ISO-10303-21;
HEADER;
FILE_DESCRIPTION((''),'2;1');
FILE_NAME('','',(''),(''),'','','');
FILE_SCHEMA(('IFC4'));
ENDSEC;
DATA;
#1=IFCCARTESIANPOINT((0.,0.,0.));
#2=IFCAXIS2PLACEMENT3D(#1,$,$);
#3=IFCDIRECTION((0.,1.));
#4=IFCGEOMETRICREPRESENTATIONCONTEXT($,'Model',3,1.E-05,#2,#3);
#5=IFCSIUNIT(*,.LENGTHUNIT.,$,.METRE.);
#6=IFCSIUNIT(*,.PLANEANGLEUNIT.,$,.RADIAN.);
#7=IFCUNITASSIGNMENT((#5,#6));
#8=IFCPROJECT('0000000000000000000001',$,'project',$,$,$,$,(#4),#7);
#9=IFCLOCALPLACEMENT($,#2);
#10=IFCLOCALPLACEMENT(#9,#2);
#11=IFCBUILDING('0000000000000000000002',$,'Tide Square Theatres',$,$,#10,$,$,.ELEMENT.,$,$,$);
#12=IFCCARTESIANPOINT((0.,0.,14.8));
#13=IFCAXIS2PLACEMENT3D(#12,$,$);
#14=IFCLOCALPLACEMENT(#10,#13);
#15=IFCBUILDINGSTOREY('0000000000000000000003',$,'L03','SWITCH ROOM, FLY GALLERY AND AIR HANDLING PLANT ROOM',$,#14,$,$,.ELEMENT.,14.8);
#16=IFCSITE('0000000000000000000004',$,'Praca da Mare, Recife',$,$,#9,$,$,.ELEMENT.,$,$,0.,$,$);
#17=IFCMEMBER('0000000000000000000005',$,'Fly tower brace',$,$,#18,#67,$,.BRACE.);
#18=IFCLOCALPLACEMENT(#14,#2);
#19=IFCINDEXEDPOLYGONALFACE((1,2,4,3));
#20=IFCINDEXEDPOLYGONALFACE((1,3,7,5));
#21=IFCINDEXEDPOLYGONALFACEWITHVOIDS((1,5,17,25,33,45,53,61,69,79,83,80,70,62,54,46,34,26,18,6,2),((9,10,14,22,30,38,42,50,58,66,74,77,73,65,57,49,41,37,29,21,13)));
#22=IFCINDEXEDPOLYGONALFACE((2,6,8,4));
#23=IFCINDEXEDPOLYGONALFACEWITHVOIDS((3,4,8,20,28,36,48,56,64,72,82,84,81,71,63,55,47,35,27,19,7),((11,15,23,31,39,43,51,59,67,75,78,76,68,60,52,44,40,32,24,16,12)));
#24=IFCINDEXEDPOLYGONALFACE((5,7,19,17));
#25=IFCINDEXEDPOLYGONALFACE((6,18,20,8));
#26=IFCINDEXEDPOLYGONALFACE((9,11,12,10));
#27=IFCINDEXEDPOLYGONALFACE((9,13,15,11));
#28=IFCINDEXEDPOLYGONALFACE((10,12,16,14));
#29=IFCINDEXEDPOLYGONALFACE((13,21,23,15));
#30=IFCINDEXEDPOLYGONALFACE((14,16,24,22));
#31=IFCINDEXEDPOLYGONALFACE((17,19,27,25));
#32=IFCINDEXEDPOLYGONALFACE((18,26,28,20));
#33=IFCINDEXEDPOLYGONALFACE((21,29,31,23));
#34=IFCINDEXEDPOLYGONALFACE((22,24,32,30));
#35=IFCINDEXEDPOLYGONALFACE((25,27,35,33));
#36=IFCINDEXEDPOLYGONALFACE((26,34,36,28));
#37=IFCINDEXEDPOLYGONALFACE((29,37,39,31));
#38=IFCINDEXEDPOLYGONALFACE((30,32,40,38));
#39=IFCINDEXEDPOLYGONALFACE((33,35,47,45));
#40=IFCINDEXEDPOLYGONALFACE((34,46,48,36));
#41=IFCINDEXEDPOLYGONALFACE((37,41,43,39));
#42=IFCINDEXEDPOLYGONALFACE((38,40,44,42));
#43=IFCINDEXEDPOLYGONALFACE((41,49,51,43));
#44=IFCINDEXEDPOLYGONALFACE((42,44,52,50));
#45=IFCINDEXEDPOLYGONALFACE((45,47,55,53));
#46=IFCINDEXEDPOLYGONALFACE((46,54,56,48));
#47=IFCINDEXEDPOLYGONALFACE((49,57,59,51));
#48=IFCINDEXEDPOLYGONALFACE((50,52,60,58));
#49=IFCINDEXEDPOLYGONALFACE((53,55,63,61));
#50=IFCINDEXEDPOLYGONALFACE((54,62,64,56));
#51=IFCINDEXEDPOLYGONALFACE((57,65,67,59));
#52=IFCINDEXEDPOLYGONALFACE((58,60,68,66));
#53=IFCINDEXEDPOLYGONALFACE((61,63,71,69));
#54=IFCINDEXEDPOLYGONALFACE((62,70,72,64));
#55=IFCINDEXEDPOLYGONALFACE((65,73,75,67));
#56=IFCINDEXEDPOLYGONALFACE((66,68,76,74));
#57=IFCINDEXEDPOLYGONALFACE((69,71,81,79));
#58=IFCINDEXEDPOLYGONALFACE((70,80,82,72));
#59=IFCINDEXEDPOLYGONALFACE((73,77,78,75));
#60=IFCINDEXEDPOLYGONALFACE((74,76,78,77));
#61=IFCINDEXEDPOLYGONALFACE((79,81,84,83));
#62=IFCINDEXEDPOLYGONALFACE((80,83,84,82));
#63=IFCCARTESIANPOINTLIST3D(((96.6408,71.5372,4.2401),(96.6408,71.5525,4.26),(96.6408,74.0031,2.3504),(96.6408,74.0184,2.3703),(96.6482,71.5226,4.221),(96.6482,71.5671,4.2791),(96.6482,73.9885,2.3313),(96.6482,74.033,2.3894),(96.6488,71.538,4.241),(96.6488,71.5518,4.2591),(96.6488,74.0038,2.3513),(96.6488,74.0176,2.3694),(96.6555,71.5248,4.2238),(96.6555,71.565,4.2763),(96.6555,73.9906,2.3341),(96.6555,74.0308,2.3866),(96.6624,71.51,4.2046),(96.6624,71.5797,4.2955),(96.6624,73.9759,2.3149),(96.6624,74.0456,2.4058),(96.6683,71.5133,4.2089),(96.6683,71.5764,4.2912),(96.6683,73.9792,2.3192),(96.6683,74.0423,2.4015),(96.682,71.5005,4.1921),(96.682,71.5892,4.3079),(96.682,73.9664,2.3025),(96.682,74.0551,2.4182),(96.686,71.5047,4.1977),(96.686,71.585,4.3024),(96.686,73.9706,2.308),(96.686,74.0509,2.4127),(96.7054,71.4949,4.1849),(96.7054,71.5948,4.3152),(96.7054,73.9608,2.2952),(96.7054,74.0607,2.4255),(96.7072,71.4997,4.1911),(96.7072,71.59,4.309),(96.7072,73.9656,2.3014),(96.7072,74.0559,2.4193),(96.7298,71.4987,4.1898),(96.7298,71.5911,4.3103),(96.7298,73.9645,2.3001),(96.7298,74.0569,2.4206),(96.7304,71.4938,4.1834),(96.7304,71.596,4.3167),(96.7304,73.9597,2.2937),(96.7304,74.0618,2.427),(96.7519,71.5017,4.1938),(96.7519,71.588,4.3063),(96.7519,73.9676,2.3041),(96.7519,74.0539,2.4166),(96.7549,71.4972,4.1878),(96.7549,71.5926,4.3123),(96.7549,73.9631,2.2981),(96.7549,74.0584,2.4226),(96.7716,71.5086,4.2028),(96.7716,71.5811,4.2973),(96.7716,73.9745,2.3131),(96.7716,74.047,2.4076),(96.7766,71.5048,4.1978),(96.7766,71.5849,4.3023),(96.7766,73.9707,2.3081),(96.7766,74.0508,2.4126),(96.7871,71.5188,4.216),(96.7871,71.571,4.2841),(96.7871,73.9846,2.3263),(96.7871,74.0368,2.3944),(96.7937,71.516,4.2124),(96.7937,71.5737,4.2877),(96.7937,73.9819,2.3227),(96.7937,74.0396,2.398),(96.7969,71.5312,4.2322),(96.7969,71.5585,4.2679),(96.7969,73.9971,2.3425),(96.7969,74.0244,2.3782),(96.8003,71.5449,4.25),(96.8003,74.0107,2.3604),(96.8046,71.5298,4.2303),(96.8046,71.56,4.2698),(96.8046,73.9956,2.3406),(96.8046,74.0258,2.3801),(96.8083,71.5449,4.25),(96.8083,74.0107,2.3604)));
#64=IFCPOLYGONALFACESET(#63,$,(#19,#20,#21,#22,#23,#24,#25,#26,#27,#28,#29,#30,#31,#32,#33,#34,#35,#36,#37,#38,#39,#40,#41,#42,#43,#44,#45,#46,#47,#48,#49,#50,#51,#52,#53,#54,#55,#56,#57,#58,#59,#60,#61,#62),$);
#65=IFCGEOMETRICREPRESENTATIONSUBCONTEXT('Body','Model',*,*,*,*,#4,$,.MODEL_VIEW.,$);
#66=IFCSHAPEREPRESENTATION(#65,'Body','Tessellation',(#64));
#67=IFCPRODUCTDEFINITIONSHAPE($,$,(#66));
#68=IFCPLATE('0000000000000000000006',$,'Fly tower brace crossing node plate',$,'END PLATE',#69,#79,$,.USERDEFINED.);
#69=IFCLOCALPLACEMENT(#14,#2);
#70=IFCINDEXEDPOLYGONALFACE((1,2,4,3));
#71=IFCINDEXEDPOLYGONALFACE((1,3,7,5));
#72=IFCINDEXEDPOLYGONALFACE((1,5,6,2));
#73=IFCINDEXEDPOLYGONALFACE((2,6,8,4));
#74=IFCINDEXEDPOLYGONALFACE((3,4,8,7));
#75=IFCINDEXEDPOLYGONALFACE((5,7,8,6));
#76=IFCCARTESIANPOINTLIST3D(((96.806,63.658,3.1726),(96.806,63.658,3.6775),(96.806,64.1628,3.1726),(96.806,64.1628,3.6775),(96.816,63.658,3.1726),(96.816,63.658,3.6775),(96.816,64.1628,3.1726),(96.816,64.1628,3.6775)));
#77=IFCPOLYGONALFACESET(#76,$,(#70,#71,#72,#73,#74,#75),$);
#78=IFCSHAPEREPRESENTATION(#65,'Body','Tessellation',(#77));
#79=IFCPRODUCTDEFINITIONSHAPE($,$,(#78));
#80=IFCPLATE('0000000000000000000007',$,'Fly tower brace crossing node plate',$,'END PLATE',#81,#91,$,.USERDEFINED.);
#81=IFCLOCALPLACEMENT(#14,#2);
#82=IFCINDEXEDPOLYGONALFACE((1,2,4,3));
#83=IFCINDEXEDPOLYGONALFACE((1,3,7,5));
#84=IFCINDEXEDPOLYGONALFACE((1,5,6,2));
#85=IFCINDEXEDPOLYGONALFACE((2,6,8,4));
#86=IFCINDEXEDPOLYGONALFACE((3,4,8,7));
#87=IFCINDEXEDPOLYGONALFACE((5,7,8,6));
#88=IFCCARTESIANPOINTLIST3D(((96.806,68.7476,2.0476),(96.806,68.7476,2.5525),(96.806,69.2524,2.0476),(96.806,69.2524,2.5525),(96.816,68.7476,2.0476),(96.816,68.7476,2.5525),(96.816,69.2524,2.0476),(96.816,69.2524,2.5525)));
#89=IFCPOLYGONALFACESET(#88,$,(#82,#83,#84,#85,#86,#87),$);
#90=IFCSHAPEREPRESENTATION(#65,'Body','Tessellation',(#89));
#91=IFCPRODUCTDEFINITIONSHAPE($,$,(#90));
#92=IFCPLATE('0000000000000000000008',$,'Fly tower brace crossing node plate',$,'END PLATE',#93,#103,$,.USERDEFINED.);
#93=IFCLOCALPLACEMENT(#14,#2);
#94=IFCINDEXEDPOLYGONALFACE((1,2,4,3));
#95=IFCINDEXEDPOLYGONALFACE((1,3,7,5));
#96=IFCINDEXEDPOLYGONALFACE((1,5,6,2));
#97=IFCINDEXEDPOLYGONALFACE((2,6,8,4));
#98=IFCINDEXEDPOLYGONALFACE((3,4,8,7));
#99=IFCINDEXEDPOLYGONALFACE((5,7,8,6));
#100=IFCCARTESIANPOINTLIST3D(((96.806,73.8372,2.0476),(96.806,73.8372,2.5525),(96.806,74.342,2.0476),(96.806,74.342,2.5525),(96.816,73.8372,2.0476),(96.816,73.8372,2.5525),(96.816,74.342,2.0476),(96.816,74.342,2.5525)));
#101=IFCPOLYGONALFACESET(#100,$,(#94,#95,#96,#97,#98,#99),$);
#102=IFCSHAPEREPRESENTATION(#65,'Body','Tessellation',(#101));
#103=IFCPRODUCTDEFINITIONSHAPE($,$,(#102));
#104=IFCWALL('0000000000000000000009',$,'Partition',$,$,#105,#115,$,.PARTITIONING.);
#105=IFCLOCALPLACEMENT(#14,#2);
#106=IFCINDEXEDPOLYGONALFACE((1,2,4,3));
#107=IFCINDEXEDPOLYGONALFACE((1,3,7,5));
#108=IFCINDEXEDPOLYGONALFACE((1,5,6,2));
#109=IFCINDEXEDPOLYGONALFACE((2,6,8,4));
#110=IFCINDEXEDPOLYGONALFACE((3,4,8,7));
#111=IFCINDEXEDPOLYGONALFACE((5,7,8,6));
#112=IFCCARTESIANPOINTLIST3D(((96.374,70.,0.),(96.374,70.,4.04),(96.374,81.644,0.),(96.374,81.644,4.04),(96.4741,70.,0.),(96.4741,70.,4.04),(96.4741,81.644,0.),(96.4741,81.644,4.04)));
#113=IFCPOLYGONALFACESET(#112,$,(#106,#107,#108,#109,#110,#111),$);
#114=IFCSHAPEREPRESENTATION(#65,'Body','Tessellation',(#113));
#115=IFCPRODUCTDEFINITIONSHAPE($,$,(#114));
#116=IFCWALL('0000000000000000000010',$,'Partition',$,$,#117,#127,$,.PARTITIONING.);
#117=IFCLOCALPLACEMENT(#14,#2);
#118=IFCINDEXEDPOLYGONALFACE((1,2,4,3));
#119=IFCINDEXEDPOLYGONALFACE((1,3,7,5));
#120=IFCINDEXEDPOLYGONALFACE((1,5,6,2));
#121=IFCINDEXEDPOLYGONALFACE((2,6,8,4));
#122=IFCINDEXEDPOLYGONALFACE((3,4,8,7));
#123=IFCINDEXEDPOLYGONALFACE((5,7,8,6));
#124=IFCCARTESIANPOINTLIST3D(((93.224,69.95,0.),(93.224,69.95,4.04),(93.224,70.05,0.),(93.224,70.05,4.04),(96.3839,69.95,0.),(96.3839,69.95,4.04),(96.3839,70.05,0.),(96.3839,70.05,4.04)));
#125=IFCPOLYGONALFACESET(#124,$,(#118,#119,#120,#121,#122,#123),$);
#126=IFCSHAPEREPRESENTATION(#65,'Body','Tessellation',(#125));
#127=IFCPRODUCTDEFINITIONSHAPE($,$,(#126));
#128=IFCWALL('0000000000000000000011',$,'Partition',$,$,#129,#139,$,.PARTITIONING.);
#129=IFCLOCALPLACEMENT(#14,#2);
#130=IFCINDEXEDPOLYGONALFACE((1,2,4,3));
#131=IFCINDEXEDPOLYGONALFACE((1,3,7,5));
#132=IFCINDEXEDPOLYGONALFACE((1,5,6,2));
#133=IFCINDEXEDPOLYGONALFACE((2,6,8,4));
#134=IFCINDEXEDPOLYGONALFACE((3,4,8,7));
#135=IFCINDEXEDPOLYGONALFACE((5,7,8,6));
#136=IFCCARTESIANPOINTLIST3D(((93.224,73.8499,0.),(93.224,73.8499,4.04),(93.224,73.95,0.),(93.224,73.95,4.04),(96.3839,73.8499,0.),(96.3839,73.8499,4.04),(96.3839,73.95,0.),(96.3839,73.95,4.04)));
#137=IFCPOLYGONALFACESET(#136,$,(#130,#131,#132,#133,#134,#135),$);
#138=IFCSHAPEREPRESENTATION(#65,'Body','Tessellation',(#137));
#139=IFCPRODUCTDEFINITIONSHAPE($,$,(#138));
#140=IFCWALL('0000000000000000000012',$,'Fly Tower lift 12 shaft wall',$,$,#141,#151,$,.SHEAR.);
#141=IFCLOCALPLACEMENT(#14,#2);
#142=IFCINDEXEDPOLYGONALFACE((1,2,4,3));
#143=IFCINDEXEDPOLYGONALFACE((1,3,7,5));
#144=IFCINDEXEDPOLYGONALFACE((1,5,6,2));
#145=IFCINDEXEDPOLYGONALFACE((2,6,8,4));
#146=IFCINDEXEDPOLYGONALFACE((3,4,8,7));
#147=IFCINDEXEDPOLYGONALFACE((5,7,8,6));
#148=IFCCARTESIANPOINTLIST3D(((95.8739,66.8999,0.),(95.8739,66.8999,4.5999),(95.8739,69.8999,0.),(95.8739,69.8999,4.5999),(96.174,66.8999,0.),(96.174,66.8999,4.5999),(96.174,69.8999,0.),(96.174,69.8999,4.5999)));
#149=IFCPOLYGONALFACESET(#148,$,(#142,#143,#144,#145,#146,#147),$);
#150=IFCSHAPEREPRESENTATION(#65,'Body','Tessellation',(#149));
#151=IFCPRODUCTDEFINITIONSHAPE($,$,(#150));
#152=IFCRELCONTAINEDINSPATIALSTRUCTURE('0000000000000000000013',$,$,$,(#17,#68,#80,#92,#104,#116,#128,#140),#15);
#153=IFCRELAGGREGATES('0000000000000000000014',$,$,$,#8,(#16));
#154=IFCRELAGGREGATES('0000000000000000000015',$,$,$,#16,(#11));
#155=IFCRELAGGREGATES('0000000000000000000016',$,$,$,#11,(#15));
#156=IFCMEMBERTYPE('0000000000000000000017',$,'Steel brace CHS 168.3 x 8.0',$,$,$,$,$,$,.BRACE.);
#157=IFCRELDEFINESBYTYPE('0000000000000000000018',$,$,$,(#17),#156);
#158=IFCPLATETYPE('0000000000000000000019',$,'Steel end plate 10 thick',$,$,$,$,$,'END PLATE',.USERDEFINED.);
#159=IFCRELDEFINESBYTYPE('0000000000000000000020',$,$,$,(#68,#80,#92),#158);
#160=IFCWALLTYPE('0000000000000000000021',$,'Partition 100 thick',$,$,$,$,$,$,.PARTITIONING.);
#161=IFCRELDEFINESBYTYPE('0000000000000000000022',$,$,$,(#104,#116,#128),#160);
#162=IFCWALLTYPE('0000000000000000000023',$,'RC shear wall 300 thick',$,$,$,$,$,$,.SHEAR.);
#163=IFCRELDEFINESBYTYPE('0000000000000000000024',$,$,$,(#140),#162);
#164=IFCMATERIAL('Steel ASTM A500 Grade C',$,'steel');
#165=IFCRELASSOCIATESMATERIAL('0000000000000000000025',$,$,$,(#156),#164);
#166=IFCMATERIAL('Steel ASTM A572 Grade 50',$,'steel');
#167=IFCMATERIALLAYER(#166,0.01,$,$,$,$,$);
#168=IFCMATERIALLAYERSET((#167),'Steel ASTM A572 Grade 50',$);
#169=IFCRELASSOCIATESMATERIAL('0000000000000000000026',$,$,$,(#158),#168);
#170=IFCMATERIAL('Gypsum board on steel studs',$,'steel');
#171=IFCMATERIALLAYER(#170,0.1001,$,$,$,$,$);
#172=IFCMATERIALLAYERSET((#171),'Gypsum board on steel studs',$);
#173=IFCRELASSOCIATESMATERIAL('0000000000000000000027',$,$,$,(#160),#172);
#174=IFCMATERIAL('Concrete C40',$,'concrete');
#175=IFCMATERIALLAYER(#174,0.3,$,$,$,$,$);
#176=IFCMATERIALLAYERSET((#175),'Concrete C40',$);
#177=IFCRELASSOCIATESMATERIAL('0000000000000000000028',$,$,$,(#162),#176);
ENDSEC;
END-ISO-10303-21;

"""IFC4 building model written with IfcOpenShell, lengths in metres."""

from ifc_helpers import new_model, si_unit, direction, frame, frame_2d, origin, origin_2d, place, context, subcontext, project, spatial, rectangle, hollow_circle, extrude, material, layer, layer_set, material_profile, profile_set, type_object, element, save


model = new_model("IFC4")

# Units and contexts
model_context = context("Model", 3, precision=1e-05, world=origin(), true_north=direction((0.0, 1.0)))
body_context = subcontext(model_context, "Body", "Model", "MODEL_VIEW")
ifc_project = project(units=[si_unit("LENGTHUNIT", "METRE"), si_unit("PLANEANGLEUNIT", "RADIAN")], contexts=[model_context])

# Site, building, storey
site_placement = place(None, origin())
site = spatial("IfcSite", under=ifc_project, at=site_placement, Name="Praca da Mare, Recife", CompositionType="ELEMENT", RefElevation=0.0)
building_placement = place(site_placement, origin())
building = spatial("IfcBuilding", under=site, at=building_placement, Name="Tide Square Theatres", CompositionType="ELEMENT")
storey_placement = place(building_placement, frame((0.0, 0.0, 14.8)))
storey = spatial("IfcBuildingStorey", under=building, at=storey_placement, Name="L03", Description="SWITCH ROOM, FLY GALLERY AND AIR HANDLING PLANT ROOM", CompositionType="ELEMENT", Elevation=14.8)

# Member
ifc_material_1 = material(Name="Steel ASTM A500 Grade C", Category="steel")
ifc_material_profile_1 = material_profile(ifc_material_1, hollow_circle(Radius=0.0842, WallThickness=0.0081, at=origin_2d()))
ifc_profile_set_1 = profile_set([ifc_material_profile_1], Name="Steel ASTM A500 Grade C")
member_type = type_object("IfcMemberType", Name="Steel brace CHS 168.3 x 8.0", PredefinedType="BRACE", material=ifc_profile_set_1)
member_1_placement = place(storey_placement, frame((96.7241, 74.0107, 2.3604), z_axis=(0.0, -0.793733, 0.608267), x_axis=(1.0, 0.0, 0.0)))
element("IfcMember", 1, at=member_1_placement, inside=storey, type_object=member_type, Name="Fly tower brace", PredefinedType="BRACE", context=body_context, shape_type="SweptSolid", body=[
    extrude(hollow_circle(Radius=0.0842, WallThickness=0.0081, at=origin_2d()), origin(), (0.0, 0.0, 1.0), 3.1067),
])

# Plates
ifc_material_2 = material(Name="Steel ASTM A572 Grade 50", Category="steel")
ifc_layer_1 = layer(ifc_material_2, 0.01)
ifc_layer_set_1 = layer_set([ifc_layer_1], Name="Steel ASTM A572 Grade 50")
plate_type = type_object("IfcPlateType", Name="Steel end plate 10 thick", ElementType="END PLATE", PredefinedType="USERDEFINED", material=ifc_layer_set_1)
for number, where, z_axis, x_axis, name in (
    (2, (96.811, 63.9104, 3.1726), (0.0, 0.0, 1.0), (1.0, 0.0, 0.0), "Fly tower brace crossing node plate"),
    (3, (96.811, 69.0, 2.0476), (0.0, 0.0, 1.0), (1.0, 0.0, 0.0), "Fly tower brace crossing node plate"),
    (4, (96.811, 74.0896, 2.0476), (0.0, 0.0, 1.0), (1.0, 0.0, 0.0), "Fly tower brace crossing node plate"),
):
    element("IfcPlate", number, at=place(storey_placement, frame(where, z_axis=z_axis, x_axis=x_axis)), inside=storey, type_object=plate_type, Name=name, ObjectType="END PLATE", PredefinedType="USERDEFINED", context=body_context, shape_type="SweptSolid", body=[
        extrude(rectangle(XDim=0.01, YDim=0.5049, at=origin_2d()), origin(), (0.0, 0.0, 1.0), 0.5049),
    ])

# Walls
ifc_material_3 = material(Name="Gypsum board on steel studs", Category="steel")
ifc_layer_2 = layer(ifc_material_3, 0.1001)
ifc_layer_set_2 = layer_set([ifc_layer_2], Name="Gypsum board on steel studs")
wall_type_1 = type_object("IfcWallType", Name="Partition 100 thick", PredefinedType="PARTITIONING", material=ifc_layer_set_2)
wall_1_placement = place(storey_placement, frame((96.4241, 70.0, 0.0), z_axis=(0.0, 0.0, 1.0), x_axis=(0.0, 1.0, 0.0)))
element("IfcWall", 5, at=wall_1_placement, inside=storey, type_object=wall_type_1, Name="Partition", PredefinedType="PARTITIONING", context=body_context, shape_type="SweptSolid", body=[
    extrude(rectangle(XDim=11.644, YDim=0.1001, at=frame_2d((5.822, 0.0))), origin(), (0.0, 0.0, 1.0), 4.04),
])
for number, where, z_axis, x_axis, name in (
    (6, (96.384, 70.0, 0.0), (0.0, 0.0, 1.0), (-1.0, 0.0, 0.0), "Partition"),
    (7, (96.384, 73.8999, 0.0), (0.0, 0.0, 1.0), (-1.0, 0.0, 0.0), "Partition"),
):
    element("IfcWall", number, at=place(storey_placement, frame(where, z_axis=z_axis, x_axis=x_axis)), inside=storey, type_object=wall_type_1, Name=name, PredefinedType="PARTITIONING", context=body_context, shape_type="SweptSolid", body=[
        extrude(rectangle(XDim=3.1599, YDim=0.1001, at=frame_2d((1.5801, 0.0))), origin(), (0.0, 0.0, 1.0), 4.04),
    ])
ifc_material_4 = material(Name="Concrete C40", Category="concrete")
ifc_layer_3 = layer(ifc_material_4, 0.3)
ifc_layer_set_3 = layer_set([ifc_layer_3], Name="Concrete C40")
wall_type_2 = type_object("IfcWallType", Name="RC shear wall 300 thick", PredefinedType="SHEAR", material=ifc_layer_set_3)
wall_2_placement = place(storey_placement, frame((96.0239, 66.8999, 0.0), z_axis=(0.0, 0.0, 1.0), x_axis=(0.0, 1.0, 0.0)))
element("IfcWall", 8, at=wall_2_placement, inside=storey, type_object=wall_type_2, Name="Fly Tower lift 12 shaft wall", PredefinedType="SHEAR", context=body_context, shape_type="SweptSolid", body=[
    extrude(rectangle(XDim=3.0, YDim=0.3, at=frame_2d((1.5, 0.0))), origin(), (0.0, 0.0, 1.0), 4.5999),
])

save(model, "model.ifc")
